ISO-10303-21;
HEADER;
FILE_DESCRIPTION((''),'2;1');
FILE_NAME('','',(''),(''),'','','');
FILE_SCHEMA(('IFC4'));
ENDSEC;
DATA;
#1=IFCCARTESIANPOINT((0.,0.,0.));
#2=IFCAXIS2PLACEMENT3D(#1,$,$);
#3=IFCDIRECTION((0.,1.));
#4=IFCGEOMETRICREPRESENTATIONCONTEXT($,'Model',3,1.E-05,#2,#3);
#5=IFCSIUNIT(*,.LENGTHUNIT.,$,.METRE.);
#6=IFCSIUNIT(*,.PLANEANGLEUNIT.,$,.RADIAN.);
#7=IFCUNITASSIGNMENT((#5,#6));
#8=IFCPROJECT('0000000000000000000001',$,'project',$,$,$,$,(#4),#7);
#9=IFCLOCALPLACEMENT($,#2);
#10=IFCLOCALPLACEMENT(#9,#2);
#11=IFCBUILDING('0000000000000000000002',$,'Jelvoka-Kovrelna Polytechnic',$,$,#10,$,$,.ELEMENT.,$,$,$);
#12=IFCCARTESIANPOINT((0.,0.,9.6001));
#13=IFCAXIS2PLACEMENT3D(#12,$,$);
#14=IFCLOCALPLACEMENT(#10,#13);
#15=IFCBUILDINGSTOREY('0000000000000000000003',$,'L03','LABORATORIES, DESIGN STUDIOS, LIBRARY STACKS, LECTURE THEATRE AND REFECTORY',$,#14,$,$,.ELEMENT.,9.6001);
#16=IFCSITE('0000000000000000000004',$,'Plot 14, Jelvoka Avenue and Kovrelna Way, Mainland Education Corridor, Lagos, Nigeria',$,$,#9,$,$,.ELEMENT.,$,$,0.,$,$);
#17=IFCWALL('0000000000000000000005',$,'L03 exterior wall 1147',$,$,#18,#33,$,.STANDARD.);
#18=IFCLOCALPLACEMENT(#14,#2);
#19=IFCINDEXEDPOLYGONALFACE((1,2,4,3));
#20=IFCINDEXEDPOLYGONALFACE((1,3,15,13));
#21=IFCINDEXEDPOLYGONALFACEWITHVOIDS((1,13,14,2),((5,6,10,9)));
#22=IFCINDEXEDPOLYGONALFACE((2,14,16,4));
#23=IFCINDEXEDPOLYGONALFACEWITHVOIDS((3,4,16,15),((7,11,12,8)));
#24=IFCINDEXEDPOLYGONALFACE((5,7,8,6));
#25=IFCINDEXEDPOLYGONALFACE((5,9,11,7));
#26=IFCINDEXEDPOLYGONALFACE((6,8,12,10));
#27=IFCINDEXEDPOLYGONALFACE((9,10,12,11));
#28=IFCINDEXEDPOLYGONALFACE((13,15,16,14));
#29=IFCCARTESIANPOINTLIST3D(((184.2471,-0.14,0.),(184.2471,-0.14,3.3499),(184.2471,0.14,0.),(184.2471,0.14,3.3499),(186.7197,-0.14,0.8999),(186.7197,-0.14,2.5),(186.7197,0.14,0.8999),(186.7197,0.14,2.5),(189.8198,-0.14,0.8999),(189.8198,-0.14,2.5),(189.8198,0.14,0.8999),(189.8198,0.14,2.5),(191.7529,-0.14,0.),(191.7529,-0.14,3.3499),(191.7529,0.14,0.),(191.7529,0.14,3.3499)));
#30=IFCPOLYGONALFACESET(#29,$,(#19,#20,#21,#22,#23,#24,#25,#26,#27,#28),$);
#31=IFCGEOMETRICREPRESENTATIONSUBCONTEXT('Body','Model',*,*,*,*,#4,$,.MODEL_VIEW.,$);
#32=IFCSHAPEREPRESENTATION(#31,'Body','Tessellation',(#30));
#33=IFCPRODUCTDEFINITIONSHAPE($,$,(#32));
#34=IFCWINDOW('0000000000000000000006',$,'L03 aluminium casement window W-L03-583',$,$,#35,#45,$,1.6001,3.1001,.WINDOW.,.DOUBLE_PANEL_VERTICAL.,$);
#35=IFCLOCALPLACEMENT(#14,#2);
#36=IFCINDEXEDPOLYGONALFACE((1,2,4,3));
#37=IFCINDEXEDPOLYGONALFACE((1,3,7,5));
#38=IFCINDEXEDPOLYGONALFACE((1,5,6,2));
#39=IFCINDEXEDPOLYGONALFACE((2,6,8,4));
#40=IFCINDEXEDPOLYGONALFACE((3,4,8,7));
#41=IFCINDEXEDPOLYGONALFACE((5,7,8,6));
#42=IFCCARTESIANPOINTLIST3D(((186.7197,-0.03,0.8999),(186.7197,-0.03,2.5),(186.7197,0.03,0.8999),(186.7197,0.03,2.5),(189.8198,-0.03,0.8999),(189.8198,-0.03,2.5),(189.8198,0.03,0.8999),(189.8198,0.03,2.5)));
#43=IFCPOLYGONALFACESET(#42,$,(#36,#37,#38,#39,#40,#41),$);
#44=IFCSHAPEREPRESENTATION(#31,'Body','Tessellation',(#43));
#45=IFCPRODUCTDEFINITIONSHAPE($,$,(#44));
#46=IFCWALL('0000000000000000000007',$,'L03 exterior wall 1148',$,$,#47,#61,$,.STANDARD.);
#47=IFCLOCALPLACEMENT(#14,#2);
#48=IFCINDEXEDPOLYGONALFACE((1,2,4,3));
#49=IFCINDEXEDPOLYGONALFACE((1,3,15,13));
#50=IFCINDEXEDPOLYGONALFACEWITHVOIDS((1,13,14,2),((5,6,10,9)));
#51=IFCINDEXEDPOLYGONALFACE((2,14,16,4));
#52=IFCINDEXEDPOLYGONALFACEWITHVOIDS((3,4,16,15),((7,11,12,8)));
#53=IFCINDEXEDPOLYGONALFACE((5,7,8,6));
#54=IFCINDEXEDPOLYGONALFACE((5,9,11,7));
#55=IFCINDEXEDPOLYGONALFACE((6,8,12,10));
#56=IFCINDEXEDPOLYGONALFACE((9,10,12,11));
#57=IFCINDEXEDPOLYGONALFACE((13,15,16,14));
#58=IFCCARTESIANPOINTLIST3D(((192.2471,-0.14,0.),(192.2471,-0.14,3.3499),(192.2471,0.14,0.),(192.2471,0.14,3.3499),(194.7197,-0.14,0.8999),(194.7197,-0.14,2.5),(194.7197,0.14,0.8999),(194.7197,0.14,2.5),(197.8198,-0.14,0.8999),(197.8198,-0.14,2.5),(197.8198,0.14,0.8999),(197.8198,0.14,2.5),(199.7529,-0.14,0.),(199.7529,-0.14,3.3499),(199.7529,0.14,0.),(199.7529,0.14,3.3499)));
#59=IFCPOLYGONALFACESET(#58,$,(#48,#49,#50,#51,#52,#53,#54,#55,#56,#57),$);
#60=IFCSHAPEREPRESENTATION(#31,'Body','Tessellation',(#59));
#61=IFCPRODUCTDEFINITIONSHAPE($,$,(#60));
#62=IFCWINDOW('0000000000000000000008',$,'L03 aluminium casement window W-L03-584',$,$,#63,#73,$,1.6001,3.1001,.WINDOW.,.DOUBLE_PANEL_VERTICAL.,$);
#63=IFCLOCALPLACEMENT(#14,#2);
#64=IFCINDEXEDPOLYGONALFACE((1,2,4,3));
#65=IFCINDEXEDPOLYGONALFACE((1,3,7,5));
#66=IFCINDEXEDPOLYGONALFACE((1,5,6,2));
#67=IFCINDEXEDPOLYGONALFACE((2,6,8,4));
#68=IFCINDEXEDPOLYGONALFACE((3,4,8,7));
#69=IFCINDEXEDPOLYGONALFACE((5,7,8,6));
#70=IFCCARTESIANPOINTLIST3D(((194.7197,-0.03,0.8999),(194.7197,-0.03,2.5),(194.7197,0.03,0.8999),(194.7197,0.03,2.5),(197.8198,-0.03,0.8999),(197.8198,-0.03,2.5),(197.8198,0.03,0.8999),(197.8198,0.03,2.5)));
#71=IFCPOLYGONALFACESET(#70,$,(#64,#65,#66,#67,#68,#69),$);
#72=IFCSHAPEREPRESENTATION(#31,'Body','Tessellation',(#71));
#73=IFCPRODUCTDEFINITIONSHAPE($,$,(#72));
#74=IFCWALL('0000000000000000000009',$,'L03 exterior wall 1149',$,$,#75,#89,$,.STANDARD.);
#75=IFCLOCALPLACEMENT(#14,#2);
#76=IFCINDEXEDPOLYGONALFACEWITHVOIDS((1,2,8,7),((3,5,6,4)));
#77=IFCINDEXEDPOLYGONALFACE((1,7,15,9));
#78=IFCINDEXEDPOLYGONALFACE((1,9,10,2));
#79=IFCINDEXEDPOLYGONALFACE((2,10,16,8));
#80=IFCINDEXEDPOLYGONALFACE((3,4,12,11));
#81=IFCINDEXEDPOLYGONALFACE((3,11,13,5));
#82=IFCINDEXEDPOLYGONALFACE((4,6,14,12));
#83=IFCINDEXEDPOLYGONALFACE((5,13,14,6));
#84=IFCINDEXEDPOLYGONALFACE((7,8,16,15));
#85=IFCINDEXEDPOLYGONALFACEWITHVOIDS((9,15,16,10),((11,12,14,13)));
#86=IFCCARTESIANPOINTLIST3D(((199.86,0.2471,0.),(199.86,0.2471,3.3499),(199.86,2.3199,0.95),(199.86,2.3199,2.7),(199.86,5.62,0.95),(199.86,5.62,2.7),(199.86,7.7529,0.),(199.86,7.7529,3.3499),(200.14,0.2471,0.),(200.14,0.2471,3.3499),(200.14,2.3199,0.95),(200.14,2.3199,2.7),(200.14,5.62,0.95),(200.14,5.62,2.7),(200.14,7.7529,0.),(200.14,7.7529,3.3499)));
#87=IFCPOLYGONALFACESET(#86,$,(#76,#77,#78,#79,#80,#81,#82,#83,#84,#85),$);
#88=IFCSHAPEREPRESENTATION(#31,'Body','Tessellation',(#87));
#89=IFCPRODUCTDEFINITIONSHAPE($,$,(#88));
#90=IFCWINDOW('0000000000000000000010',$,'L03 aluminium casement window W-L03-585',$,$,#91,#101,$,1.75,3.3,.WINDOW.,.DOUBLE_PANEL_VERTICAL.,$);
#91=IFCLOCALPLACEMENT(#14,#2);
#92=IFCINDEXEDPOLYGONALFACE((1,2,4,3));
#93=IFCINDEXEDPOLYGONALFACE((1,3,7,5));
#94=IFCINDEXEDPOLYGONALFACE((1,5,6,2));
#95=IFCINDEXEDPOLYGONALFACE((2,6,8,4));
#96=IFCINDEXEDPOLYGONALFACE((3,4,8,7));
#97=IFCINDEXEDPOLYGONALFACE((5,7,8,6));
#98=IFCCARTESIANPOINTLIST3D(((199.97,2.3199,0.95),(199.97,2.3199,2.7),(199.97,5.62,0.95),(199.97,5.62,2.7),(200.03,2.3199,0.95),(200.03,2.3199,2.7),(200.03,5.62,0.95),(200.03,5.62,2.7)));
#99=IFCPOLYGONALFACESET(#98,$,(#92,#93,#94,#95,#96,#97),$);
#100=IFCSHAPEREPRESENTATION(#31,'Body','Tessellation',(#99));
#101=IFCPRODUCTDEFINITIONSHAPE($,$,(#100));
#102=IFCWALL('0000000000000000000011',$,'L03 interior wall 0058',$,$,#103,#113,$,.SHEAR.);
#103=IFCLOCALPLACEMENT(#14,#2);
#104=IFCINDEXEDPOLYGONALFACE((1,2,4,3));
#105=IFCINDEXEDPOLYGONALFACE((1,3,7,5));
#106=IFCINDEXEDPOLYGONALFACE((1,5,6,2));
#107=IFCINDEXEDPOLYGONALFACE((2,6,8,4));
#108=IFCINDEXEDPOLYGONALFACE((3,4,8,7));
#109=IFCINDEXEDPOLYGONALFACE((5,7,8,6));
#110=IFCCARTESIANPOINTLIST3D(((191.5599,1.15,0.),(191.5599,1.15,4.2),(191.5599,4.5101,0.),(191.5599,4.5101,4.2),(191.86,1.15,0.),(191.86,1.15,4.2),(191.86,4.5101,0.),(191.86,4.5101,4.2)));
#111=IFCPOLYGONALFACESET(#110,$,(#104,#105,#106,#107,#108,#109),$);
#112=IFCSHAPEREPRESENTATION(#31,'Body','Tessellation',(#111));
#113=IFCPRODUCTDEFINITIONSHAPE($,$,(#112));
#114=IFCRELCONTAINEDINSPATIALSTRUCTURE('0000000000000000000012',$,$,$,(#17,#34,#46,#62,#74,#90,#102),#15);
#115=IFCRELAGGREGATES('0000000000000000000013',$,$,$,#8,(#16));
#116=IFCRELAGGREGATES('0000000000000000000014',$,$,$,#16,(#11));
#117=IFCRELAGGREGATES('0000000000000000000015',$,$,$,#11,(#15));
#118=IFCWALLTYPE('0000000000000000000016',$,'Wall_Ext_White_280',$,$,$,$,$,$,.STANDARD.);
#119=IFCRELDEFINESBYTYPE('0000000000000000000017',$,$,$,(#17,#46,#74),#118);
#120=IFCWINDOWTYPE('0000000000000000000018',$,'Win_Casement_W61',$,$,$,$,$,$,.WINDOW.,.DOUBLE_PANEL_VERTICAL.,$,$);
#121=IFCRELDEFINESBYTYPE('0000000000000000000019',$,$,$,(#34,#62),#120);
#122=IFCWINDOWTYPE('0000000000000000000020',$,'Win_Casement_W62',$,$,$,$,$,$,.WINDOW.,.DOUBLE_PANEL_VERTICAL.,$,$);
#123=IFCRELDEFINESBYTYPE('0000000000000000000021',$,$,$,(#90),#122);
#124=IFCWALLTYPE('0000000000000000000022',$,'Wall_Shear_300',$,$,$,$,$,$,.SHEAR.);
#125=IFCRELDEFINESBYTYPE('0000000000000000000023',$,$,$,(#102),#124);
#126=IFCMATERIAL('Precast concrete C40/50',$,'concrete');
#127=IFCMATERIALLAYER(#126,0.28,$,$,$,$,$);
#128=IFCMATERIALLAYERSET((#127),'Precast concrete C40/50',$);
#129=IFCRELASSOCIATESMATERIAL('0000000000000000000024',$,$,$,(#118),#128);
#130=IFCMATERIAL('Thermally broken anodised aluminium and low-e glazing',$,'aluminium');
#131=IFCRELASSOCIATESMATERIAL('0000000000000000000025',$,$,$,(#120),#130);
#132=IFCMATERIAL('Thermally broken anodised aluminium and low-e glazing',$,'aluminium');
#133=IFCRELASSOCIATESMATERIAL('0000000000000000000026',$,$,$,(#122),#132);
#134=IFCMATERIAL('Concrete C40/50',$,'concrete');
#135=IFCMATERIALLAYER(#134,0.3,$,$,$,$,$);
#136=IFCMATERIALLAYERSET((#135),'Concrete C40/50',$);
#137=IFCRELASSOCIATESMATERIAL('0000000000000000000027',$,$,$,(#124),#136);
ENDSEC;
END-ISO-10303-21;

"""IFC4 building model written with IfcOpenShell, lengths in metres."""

from ifc_helpers import new_model, si_unit, direction, frame, frame_2d, origin, place, context, subcontext, project, spatial, rectangle, extrude, material, layer, layer_set, type_object, element, fill, save


model = new_model("IFC4")

# Units and contexts
model_context = context("Model", 3, precision=1e-05, world=origin(), true_north=direction((0.0, 1.0)))
body_context = subcontext(model_context, "Body", "Model", "MODEL_VIEW")
ifc_project = project(units=[si_unit("LENGTHUNIT", "METRE"), si_unit("PLANEANGLEUNIT", "RADIAN")], contexts=[model_context])

# Site, building, storey
site_placement = place(None, origin())
site = spatial("IfcSite", under=ifc_project, at=site_placement, Name="Plot 14, Jelvoka Avenue and Kovrelna Way, Mainland Education Corridor, Lagos, Nigeria", CompositionType="ELEMENT", RefElevation=0.0)
building_placement = place(site_placement, origin())
building = spatial("IfcBuilding", under=site, at=building_placement, Name="Jelvoka-Kovrelna Polytechnic", CompositionType="ELEMENT")
storey_placement = place(building_placement, frame((0.0, 0.0, 9.6001)))
storey = spatial("IfcBuildingStorey", under=building, at=storey_placement, Name="L03", Description="LABORATORIES, DESIGN STUDIOS, LIBRARY STACKS, LECTURE THEATRE AND REFECTORY", CompositionType="ELEMENT", Elevation=9.6001)

# Walls, openings, windows
ifc_material_1 = material(Name="Precast concrete C40/50", Category="concrete")
ifc_layer_1 = layer(ifc_material_1, 0.28)
ifc_layer_set_1 = layer_set([ifc_layer_1], Name="Precast concrete C40/50")
wall_type_1 = type_object("IfcWallType", Name="Wall_Ext_White_280", PredefinedType="STANDARD", material=ifc_layer_set_1)
wall_1_placement = place(storey_placement, frame((191.7529, 0.0, 0.0), z_axis=(0.0, 0.0, 1.0), x_axis=(-1.0, 0.0, 0.0)))
wall_1 = element("IfcWall", 1, at=wall_1_placement, inside=storey, type_object=wall_type_1, Name="L03 exterior wall 1147", PredefinedType="STANDARD", context=body_context, shape_type="SweptSolid", body=[
    extrude(rectangle(XDim=7.5059, YDim=0.28, at=frame_2d((3.7529, 0.0))), origin(), (0.0, 0.0, 1.0), 3.3499),
])
opening_1_placement = place(wall_1_placement, frame((1.9331, 0.0, 0.8999)))
opening_1 = element("IfcOpeningElement", 2, at=opening_1_placement, cuts=wall_1, PredefinedType="OPENING", context=body_context, shape_type="SweptSolid", body=[
    extrude(rectangle(XDim=3.1001, YDim=1.6001, at=frame_2d((1.55, 0.8))), frame((0.0, 0.1501, 0.0), z_axis=(0.0, -1.0, 0.0), x_axis=(1.0, 0.0, 0.0)), (0.0, 0.0, 1.0), 0.3),
])
ifc_material_2 = material(Name="Thermally broken anodised aluminium and low-e glazing", Category="aluminium")
window_type_1 = type_object("IfcWindowType", Name="Win_Casement_W61", PartitioningType="DOUBLE_PANEL_VERTICAL", PredefinedType="WINDOW", material=ifc_material_2)
window_1_placement = place(opening_1_placement, origin())
window_1 = element("IfcWindow", 3, at=window_1_placement, inside=storey, type_object=window_type_1, Name="L03 aluminium casement window W-L03-583", OverallHeight=1.6001, OverallWidth=3.1001, PartitioningType="DOUBLE_PANEL_VERTICAL", PredefinedType="WINDOW", context=body_context, shape_type="SweptSolid", body=[
    extrude(rectangle(XDim=3.1001, YDim=1.6001, at=frame_2d((1.55, 0.8))), frame((0.0, 0.03, 0.0), z_axis=(0.0, -1.0, 0.0), x_axis=(1.0, 0.0, 0.0)), (0.0, 0.0, 1.0), 0.0601),
])
fill(opening_1, window_1)
wall_2_placement = place(storey_placement, frame((199.7529, 0.0, 0.0), z_axis=(0.0, 0.0, 1.0), x_axis=(-1.0, 0.0, 0.0)))
wall_2 = element("IfcWall", 4, at=wall_2_placement, inside=storey, type_object=wall_type_1, Name="L03 exterior wall 1148", PredefinedType="STANDARD", context=body_context, shape_type="SweptSolid", body=[
    extrude(rectangle(XDim=7.5059, YDim=0.28, at=frame_2d((3.7529, 0.0))), origin(), (0.0, 0.0, 1.0), 3.3499),
])
opening_2_placement = place(wall_2_placement, frame((1.9331, 0.0, 0.8999)))
opening_2 = element("IfcOpeningElement", 5, at=opening_2_placement, cuts=wall_2, PredefinedType="OPENING", context=body_context, shape_type="SweptSolid", body=[
    extrude(rectangle(XDim=3.1001, YDim=1.6001, at=frame_2d((1.55, 0.8))), frame((0.0, 0.1501, 0.0), z_axis=(0.0, -1.0, 0.0), x_axis=(1.0, 0.0, 0.0)), (0.0, 0.0, 1.0), 0.3),
])
window_2_placement = place(opening_2_placement, origin())
window_2 = element("IfcWindow", 6, at=window_2_placement, inside=storey, type_object=window_type_1, Name="L03 aluminium casement window W-L03-584", OverallHeight=1.6001, OverallWidth=3.1001, PartitioningType="DOUBLE_PANEL_VERTICAL", PredefinedType="WINDOW", context=body_context, shape_type="SweptSolid", body=[
    extrude(rectangle(XDim=3.1001, YDim=1.6001, at=frame_2d((1.55, 0.8))), frame((0.0, 0.03, 0.0), z_axis=(0.0, -1.0, 0.0), x_axis=(1.0, 0.0, 0.0)), (0.0, 0.0, 1.0), 0.0601),
])
fill(opening_2, window_2)
wall_3_placement = place(storey_placement, frame((200.0, 7.7529, 0.0), z_axis=(0.0, 0.0, 1.0), x_axis=(0.0, -1.0, 0.0)))
wall_3 = element("IfcWall", 7, at=wall_3_placement, inside=storey, type_object=wall_type_1, Name="L03 exterior wall 1149", PredefinedType="STANDARD", context=body_context, shape_type="SweptSolid", body=[
    extrude(rectangle(XDim=7.5059, YDim=0.28, at=frame_2d((3.7529, 0.0))), origin(), (0.0, 0.0, 1.0), 3.3499),
])
opening_3_placement = place(wall_3_placement, frame((2.1331, 0.0, 0.95)))
opening_3 = element("IfcOpeningElement", 8, at=opening_3_placement, cuts=wall_3, PredefinedType="OPENING", context=body_context, shape_type="SweptSolid", body=[
    extrude(rectangle(XDim=3.3, YDim=1.75, at=frame_2d((1.6499, 0.875))), frame((0.0, 0.1501, 0.0), z_axis=(0.0, -1.0, 0.0), x_axis=(1.0, 0.0, 0.0)), (0.0, 0.0, 1.0), 0.3),
])
ifc_material_3 = material(Name="Thermally broken anodised aluminium and low-e glazing", Category="aluminium")
window_type_2 = type_object("IfcWindowType", Name="Win_Casement_W62", PartitioningType="DOUBLE_PANEL_VERTICAL", PredefinedType="WINDOW", material=ifc_material_3)
window_3_placement = place(opening_3_placement, origin())
window_3 = element("IfcWindow", 9, at=window_3_placement, inside=storey, type_object=window_type_2, Name="L03 aluminium casement window W-L03-585", OverallHeight=1.75, OverallWidth=3.3, PartitioningType="DOUBLE_PANEL_VERTICAL", PredefinedType="WINDOW", context=body_context, shape_type="SweptSolid", body=[
    extrude(rectangle(XDim=3.3, YDim=1.75, at=frame_2d((1.6499, 0.875))), frame((0.0, 0.03, 0.0), z_axis=(0.0, -1.0, 0.0), x_axis=(1.0, 0.0, 0.0)), (0.0, 0.0, 1.0), 0.0601),
])
fill(opening_3, window_3)

# Wall
ifc_material_4 = material(Name="Concrete C40/50", Category="concrete")
ifc_layer_2 = layer(ifc_material_4, 0.3)
ifc_layer_set_2 = layer_set([ifc_layer_2], Name="Concrete C40/50")
wall_type_2 = type_object("IfcWallType", Name="Wall_Shear_300", PredefinedType="SHEAR", material=ifc_layer_set_2)
wall_4_placement = place(storey_placement, frame((191.71, 1.1499, 0.0), z_axis=(0.0, 0.0, 1.0), x_axis=(0.0, 1.0, 0.0)))
element("IfcWall", 10, at=wall_4_placement, inside=storey, type_object=wall_type_2, Name="L03 interior wall 0058", PredefinedType="SHEAR", context=body_context, shape_type="SweptSolid", body=[
    extrude(rectangle(XDim=3.3601, YDim=0.3, at=frame_2d((1.6802, 0.0))), origin(), (0.0, 0.0, 1.0), 4.2),
])

save(model, "model.ifc")
